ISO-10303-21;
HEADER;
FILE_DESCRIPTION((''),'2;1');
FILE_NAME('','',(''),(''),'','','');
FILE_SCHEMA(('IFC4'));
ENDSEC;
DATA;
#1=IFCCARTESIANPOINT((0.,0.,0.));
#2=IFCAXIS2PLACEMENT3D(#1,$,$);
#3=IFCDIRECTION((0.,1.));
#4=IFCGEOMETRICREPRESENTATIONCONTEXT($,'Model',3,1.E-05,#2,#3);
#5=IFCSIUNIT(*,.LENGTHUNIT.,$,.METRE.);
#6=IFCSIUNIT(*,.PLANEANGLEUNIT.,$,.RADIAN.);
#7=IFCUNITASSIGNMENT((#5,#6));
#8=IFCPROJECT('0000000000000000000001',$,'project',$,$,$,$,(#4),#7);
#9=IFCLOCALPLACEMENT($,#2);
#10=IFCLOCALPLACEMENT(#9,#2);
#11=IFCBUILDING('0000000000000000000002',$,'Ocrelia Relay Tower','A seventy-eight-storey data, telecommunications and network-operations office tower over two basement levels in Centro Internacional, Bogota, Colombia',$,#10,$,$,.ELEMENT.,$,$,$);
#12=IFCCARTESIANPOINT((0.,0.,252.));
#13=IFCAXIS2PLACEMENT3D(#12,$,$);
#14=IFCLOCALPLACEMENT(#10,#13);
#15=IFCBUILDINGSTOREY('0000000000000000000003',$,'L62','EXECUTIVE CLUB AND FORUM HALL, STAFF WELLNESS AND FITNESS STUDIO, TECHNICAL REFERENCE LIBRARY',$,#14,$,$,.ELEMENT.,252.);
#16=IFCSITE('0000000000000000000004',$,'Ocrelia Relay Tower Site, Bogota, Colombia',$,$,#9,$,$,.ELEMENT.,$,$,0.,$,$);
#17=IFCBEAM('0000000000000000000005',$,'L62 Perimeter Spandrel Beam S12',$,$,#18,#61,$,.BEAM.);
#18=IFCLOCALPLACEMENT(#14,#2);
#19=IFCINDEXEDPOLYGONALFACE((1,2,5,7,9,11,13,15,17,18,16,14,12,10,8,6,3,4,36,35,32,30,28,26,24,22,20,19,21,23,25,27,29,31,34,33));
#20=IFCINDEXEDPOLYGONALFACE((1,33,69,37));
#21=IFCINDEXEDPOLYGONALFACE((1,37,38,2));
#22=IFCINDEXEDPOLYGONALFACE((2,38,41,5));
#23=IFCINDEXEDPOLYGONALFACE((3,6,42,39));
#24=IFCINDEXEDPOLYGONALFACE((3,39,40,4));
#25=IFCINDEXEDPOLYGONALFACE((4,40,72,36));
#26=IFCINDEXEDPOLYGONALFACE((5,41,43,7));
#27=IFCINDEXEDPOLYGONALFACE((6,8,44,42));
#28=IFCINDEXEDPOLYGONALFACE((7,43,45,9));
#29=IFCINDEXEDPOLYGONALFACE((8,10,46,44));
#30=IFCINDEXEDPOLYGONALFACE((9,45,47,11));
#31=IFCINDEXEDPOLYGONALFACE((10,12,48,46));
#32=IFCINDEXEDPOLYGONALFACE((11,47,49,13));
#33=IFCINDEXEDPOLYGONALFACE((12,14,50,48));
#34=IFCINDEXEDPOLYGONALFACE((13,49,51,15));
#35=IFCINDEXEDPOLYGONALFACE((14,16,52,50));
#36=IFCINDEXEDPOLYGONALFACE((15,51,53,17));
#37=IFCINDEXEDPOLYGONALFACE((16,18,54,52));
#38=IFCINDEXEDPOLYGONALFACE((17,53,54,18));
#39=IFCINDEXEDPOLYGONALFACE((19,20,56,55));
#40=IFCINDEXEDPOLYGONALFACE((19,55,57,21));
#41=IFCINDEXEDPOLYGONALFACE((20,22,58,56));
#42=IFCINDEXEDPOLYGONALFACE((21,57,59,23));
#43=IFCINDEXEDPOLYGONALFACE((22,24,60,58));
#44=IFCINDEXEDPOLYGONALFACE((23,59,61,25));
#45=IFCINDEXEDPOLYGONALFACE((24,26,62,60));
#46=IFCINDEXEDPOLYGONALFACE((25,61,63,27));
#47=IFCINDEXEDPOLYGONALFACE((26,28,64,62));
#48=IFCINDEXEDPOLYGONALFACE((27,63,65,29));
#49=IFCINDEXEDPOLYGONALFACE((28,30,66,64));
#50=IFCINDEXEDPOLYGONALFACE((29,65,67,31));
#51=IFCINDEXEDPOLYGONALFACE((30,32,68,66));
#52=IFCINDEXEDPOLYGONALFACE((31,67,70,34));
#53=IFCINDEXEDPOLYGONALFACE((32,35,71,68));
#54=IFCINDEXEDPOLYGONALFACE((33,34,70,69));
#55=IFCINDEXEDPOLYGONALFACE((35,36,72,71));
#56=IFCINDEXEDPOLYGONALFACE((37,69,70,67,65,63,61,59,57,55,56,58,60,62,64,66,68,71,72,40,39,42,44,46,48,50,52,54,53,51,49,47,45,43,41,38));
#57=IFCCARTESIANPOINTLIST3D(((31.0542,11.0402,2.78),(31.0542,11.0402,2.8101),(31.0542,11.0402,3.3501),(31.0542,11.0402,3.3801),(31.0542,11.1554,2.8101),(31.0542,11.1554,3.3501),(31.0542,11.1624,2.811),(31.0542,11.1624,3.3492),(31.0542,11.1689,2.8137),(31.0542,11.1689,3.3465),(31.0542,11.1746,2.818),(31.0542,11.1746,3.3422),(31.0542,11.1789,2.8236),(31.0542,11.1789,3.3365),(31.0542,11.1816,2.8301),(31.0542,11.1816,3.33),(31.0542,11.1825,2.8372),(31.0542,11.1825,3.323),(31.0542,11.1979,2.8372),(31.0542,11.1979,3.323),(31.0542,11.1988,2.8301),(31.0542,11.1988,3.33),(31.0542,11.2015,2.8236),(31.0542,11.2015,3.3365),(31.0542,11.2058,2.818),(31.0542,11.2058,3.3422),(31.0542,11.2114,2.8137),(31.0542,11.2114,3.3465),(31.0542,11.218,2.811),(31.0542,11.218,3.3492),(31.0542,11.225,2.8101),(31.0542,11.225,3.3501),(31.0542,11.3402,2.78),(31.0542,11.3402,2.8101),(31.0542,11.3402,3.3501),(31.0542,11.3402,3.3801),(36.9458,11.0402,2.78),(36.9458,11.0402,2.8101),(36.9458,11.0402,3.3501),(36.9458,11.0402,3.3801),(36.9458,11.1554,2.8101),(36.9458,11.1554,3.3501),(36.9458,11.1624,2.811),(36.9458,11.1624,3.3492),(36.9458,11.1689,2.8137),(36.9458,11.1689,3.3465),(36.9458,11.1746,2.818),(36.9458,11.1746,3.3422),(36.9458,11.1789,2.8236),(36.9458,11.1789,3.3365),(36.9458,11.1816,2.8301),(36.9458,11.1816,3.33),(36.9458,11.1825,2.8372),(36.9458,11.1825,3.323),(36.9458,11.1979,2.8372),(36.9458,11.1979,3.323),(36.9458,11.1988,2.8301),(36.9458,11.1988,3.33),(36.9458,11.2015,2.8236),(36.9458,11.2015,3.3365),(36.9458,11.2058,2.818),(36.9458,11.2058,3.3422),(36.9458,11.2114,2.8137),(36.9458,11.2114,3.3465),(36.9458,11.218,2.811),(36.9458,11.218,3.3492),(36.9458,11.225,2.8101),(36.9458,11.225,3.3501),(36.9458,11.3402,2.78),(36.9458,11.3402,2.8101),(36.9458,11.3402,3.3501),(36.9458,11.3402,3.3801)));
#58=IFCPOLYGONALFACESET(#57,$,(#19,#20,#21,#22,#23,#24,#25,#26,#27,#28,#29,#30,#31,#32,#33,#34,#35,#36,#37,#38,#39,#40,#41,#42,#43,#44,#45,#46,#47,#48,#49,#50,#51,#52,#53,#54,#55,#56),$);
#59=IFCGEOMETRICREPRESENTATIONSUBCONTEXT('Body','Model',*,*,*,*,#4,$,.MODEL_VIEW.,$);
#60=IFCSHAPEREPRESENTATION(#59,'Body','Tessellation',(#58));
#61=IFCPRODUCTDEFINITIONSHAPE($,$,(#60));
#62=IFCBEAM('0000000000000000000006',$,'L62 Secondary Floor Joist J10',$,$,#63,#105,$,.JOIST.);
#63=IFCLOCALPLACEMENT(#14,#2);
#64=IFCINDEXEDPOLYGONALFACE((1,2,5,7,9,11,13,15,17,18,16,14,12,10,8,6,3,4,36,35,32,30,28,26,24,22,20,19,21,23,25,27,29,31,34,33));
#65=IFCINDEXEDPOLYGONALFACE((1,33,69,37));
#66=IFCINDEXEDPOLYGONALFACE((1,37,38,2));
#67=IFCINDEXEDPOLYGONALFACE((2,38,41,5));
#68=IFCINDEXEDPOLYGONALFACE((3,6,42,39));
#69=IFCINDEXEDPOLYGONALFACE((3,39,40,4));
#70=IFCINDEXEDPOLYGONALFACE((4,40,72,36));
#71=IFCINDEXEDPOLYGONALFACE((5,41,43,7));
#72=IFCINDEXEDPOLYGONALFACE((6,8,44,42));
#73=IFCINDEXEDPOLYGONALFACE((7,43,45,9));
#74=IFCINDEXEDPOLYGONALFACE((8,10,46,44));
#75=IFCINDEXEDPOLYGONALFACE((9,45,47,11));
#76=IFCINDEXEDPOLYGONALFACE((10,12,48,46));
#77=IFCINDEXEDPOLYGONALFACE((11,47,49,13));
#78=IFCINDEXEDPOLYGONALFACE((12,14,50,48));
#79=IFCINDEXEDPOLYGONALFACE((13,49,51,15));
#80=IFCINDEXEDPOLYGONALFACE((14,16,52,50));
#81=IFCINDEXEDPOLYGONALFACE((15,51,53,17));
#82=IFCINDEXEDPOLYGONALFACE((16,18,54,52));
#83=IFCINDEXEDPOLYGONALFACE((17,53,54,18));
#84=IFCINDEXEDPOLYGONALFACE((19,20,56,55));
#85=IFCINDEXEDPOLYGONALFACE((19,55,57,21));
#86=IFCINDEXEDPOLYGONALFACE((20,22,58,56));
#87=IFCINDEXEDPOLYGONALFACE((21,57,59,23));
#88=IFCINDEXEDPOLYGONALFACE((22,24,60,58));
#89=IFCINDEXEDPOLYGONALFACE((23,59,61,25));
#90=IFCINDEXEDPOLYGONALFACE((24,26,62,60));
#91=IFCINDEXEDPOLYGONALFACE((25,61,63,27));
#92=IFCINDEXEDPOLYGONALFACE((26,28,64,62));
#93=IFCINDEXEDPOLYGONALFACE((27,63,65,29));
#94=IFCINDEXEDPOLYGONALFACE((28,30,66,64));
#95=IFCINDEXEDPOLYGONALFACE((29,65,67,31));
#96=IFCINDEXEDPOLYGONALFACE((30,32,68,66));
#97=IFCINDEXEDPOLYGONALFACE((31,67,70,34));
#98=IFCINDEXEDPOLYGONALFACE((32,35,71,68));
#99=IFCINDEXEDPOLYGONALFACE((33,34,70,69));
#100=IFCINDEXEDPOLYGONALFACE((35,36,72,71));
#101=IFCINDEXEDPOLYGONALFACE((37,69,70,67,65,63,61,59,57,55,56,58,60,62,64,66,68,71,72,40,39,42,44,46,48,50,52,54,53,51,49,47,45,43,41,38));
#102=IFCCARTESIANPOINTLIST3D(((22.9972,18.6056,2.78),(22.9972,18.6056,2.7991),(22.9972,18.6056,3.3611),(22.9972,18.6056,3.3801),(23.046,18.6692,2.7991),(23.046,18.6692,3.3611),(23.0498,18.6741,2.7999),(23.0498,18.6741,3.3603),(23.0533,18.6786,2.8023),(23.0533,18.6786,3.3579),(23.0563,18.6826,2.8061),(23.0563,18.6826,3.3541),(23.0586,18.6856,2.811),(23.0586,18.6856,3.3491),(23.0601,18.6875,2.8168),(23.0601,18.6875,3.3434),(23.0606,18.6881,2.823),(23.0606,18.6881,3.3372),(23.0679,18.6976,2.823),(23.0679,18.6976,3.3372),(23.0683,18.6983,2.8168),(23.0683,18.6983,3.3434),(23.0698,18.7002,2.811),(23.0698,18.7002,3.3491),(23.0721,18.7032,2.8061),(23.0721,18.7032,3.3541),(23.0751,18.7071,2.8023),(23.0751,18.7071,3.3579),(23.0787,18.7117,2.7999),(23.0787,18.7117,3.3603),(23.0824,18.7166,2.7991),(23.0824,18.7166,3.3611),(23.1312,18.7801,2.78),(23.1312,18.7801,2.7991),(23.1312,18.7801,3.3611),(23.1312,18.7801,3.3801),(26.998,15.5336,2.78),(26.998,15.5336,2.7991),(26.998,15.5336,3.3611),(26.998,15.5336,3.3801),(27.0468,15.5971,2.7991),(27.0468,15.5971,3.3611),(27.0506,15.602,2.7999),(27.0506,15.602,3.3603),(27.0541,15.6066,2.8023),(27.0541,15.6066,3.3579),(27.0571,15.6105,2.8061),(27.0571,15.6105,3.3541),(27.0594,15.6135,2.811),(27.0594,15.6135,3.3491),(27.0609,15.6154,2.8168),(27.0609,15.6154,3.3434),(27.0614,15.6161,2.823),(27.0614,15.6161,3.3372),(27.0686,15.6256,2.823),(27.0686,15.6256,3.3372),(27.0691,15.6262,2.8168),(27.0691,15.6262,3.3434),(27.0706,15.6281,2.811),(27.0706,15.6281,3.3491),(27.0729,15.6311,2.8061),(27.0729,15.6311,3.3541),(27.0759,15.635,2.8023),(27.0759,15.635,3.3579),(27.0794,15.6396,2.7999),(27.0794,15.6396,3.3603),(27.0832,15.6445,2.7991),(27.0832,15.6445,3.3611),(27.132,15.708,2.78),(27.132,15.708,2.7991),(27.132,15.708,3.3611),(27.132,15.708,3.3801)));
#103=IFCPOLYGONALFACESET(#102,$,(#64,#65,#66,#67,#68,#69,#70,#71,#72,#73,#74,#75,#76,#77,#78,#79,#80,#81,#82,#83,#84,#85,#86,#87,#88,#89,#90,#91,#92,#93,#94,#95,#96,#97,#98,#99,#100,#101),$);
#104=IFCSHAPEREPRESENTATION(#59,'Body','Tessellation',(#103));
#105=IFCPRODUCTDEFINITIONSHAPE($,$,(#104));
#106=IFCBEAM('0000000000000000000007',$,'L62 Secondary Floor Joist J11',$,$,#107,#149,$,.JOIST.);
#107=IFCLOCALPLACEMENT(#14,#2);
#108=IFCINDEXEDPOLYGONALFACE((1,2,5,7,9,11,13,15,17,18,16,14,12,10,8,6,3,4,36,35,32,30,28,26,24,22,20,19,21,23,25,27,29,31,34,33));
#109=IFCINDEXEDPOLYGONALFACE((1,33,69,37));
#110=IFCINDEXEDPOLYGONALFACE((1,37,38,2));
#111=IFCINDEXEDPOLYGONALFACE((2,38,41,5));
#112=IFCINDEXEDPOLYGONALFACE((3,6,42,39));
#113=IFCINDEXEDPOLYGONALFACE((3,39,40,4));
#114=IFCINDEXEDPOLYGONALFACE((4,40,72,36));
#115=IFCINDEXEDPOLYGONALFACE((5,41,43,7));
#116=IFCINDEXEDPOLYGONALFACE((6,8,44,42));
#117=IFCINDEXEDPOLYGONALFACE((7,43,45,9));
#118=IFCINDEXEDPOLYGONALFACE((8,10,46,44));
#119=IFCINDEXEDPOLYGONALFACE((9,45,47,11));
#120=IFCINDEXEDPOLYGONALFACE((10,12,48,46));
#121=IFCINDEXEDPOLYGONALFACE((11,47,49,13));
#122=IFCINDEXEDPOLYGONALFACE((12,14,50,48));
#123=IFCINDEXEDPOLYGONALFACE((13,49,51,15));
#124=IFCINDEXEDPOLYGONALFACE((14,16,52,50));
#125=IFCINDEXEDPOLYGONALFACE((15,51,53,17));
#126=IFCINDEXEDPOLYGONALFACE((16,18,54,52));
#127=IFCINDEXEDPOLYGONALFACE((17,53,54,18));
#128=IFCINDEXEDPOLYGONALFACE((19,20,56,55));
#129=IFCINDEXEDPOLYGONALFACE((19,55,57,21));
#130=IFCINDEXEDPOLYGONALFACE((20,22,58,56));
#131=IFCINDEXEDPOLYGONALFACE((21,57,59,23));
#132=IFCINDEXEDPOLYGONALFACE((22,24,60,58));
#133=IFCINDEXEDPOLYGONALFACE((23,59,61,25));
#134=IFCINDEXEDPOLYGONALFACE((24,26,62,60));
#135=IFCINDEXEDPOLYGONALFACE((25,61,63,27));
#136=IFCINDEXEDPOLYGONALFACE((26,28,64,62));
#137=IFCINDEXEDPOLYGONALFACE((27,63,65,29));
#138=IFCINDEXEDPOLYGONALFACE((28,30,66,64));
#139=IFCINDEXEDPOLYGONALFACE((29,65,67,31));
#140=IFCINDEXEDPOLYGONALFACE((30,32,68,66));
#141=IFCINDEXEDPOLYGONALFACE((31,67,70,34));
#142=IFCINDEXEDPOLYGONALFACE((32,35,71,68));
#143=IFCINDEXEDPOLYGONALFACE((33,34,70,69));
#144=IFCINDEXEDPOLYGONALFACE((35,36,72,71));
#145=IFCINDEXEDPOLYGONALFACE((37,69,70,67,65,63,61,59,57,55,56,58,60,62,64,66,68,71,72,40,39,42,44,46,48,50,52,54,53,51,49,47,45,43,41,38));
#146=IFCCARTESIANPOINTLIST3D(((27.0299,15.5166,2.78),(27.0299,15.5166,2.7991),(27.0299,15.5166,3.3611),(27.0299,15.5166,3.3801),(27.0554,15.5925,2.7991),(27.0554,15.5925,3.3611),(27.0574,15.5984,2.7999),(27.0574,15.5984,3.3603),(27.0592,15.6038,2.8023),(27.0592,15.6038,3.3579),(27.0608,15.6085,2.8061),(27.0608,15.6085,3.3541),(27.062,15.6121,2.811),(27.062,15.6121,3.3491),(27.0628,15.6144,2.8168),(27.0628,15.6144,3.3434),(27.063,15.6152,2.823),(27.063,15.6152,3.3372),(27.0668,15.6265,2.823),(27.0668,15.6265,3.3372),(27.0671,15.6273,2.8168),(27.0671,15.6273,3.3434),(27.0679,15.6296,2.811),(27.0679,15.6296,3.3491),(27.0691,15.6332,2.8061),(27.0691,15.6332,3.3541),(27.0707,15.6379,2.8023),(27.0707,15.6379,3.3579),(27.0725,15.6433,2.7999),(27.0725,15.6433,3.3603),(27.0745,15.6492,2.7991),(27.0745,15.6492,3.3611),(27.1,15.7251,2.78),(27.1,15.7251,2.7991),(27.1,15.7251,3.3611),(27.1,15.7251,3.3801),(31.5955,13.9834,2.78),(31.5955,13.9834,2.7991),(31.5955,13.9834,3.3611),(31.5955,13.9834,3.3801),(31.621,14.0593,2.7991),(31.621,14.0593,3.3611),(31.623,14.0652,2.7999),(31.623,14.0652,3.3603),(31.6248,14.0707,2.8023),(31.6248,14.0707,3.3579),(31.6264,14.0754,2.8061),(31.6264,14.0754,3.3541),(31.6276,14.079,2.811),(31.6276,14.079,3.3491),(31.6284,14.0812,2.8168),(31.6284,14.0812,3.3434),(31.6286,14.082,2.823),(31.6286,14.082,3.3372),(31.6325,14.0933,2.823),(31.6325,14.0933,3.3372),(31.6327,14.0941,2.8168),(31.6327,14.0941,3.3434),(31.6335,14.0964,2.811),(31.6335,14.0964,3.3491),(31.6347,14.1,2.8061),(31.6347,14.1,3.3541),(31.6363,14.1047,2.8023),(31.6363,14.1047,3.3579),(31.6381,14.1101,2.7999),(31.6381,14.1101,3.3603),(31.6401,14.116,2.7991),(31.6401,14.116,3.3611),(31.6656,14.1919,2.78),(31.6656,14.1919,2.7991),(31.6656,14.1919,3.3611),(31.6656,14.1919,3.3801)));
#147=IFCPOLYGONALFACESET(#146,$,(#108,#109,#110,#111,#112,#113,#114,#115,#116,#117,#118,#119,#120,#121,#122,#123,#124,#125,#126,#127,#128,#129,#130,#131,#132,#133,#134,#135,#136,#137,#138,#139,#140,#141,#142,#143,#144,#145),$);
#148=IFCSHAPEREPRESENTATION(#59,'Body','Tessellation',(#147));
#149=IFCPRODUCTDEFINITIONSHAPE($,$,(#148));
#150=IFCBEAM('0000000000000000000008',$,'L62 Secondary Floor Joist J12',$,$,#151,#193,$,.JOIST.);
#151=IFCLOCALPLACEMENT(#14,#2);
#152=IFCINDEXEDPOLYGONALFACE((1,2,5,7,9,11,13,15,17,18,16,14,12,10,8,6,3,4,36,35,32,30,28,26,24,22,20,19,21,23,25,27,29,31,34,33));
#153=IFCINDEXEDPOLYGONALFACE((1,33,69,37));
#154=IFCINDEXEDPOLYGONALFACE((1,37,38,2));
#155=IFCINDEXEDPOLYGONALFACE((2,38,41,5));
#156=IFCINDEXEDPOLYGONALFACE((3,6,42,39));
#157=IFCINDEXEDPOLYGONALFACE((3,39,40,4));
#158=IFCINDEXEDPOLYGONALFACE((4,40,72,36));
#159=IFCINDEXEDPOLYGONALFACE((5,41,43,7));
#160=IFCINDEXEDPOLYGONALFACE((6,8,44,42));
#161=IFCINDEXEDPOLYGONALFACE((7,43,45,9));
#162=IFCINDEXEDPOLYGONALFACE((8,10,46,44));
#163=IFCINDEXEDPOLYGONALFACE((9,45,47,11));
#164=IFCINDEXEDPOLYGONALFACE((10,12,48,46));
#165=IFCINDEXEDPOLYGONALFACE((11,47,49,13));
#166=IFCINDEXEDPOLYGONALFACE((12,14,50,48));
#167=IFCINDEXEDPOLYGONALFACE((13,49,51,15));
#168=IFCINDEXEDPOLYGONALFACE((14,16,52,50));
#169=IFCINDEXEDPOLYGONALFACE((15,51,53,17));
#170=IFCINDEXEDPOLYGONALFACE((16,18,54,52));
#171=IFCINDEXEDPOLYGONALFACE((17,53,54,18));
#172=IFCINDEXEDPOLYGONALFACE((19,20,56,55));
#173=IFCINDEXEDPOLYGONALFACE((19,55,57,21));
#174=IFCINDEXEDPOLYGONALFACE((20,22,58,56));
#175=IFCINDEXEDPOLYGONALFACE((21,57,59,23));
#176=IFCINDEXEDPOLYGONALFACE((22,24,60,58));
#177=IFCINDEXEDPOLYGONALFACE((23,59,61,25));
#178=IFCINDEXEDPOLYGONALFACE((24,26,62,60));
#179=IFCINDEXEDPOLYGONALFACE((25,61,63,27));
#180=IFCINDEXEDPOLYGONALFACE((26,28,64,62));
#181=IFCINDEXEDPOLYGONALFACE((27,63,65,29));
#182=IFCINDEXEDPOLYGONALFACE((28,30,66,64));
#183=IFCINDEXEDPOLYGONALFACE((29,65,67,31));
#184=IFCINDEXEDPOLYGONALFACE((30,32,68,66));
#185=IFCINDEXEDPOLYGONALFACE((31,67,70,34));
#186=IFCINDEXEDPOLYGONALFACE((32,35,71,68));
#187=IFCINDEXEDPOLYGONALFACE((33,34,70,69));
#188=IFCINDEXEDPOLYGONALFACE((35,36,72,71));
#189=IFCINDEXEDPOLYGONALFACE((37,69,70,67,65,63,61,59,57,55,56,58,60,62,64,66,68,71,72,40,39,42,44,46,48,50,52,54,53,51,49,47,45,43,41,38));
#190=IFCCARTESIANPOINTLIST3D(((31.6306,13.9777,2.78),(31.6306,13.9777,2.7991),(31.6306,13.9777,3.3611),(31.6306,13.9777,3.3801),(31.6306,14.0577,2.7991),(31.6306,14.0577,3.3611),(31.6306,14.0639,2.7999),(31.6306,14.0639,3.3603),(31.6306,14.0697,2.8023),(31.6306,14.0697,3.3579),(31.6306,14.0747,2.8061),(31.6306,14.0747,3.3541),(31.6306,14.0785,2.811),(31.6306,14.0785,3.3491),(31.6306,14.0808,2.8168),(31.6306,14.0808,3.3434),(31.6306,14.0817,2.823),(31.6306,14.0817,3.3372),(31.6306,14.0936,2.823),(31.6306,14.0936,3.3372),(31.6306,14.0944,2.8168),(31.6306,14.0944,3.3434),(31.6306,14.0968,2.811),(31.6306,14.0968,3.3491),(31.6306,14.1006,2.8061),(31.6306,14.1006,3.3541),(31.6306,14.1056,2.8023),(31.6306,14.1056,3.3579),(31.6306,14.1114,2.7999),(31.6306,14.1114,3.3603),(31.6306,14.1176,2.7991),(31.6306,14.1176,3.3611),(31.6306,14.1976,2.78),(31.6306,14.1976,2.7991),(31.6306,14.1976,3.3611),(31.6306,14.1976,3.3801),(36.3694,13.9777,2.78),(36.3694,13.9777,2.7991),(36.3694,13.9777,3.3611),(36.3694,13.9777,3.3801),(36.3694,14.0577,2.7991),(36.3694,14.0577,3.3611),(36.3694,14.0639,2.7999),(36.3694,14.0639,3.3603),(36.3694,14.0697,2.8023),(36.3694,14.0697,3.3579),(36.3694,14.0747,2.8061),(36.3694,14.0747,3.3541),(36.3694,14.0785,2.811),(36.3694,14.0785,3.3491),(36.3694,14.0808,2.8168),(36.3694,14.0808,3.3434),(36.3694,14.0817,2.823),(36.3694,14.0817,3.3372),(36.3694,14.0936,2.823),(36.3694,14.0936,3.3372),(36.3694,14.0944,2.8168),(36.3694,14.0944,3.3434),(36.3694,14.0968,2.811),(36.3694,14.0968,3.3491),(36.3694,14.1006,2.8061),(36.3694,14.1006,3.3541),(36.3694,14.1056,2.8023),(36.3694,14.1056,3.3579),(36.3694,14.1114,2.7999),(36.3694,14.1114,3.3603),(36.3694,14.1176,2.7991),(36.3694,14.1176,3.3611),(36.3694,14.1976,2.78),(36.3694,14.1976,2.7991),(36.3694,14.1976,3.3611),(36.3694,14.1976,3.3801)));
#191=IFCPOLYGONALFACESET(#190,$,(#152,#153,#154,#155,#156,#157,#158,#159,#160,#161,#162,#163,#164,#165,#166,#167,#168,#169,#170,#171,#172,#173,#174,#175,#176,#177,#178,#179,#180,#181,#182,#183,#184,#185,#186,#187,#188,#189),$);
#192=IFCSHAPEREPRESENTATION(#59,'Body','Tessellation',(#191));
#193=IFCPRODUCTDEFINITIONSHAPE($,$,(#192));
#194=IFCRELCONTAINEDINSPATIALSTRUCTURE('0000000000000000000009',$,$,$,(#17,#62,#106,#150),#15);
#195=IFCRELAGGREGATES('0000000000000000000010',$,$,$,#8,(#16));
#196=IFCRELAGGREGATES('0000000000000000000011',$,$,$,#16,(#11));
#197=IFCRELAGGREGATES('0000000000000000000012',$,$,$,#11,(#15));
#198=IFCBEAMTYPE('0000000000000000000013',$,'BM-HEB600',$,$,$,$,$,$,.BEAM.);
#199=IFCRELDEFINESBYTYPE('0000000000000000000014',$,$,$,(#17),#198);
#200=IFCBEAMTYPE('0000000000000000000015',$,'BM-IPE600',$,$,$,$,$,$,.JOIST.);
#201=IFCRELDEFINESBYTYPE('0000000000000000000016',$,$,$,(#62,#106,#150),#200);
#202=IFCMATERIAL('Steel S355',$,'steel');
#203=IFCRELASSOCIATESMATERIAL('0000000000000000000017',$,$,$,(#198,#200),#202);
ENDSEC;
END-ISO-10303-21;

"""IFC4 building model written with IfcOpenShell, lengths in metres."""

from ifc_helpers import new_model, si_unit, direction, frame, origin, origin_2d, place, context, subcontext, project, spatial, i_section, extrude, material, material_profile, profile_set, type_object, element, save


model = new_model("IFC4")

# Units and contexts
model_context = context("Model", 3, precision=1e-05, world=origin(), true_north=direction((0.0, 1.0)))
body_context = subcontext(model_context, "Body", "Model", "MODEL_VIEW")
ifc_project = project(units=[si_unit("LENGTHUNIT", "METRE"), si_unit("PLANEANGLEUNIT", "RADIAN")], contexts=[model_context])

# Site, building, storey
site_placement = place(None, origin())
site = spatial("IfcSite", under=ifc_project, at=site_placement, Name="Ocrelia Relay Tower Site, Bogota, Colombia", CompositionType="ELEMENT", RefElevation=0.0)
building_placement = place(site_placement, origin())
building = spatial("IfcBuilding", under=site, at=building_placement, Name="Ocrelia Relay Tower", Description="A seventy-eight-storey data, telecommunications and network-operations office tower over two basement levels in Centro Internacional, Bogota, Colombia", CompositionType="ELEMENT")
storey_placement = place(building_placement, frame((0.0, 0.0, 252.0)))
storey = spatial("IfcBuildingStorey", under=building, at=storey_placement, Name="L62", Description="EXECUTIVE CLUB AND FORUM HALL, STAFF WELLNESS AND FITNESS STUDIO, TECHNICAL REFERENCE LIBRARY", CompositionType="ELEMENT", Elevation=252.0)

# Beams
ifc_material_1 = material(Name="Steel S355", Category="steel")
ifc_material_profile_1 = material_profile(ifc_material_1, i_section(OverallWidth=0.3, OverallDepth=0.6001, WebThickness=0.0154, FlangeThickness=0.03, FilletRadius=0.0271, at=origin_2d()), Name="HEB 600")
ifc_profile_set_1 = profile_set([ifc_material_profile_1], Name="Steel S355")
beam_type_1 = type_object("IfcBeamType", Name="BM-HEB600", PredefinedType="BEAM", material=ifc_profile_set_1)
beam_1_placement = place(storey_placement, frame((31.0542, 11.1902, 3.0801), z_axis=(1.0, 0.0, 0.0), x_axis=(0.0, 1.0, 0.0)))
element("IfcBeam", 1, at=beam_1_placement, inside=storey, type_object=beam_type_1, Name="L62 Perimeter Spandrel Beam S12", PredefinedType="BEAM", context=body_context, shape_type="SweptSolid", body=[
    extrude(i_section(OverallWidth=0.3, OverallDepth=0.6001, WebThickness=0.0154, FlangeThickness=0.03, FilletRadius=0.0271, at=origin_2d()), origin(), (0.0, 0.0, 1.0), 5.8916),
])
ifc_material_profile_2 = material_profile(ifc_material_1, i_section(OverallWidth=0.22, OverallDepth=0.6001, WebThickness=0.012, FlangeThickness=0.019, FilletRadius=0.0239, at=origin_2d()), Name="IPE 600")
ifc_profile_set_2 = profile_set([ifc_material_profile_2], Name="Steel S355")
beam_type_2 = type_object("IfcBeamType", Name="BM-IPE600", PredefinedType="JOIST", material=ifc_profile_set_2)
beam_2_placement = place(storey_placement, frame((23.0642, 18.6929, 3.0801), z_axis=(0.793147, -0.60903, 0.0), x_axis=(0.60903, 0.793147, 0.0)))
element("IfcBeam", 2, at=beam_2_placement, inside=storey, type_object=beam_type_2, Name="L62 Secondary Floor Joist J10", PredefinedType="JOIST", context=body_context, shape_type="SweptSolid", body=[
    extrude(i_section(OverallWidth=0.22, OverallDepth=0.6001, WebThickness=0.012, FlangeThickness=0.019, FilletRadius=0.0239, at=origin_2d()), origin(), (0.0, 0.0, 1.0), 5.0442),
])
beam_3_placement = place(storey_placement, frame((27.0649, 15.6208, 3.0801), z_axis=(0.947976, -0.318341, 0.0), x_axis=(0.318341, 0.947976, 0.0)))
element("IfcBeam", 3, at=beam_3_placement, inside=storey, type_object=beam_type_2, Name="L62 Secondary Floor Joist J11", PredefinedType="JOIST", context=body_context, shape_type="SweptSolid", body=[
    extrude(i_section(OverallWidth=0.22, OverallDepth=0.6001, WebThickness=0.012, FlangeThickness=0.019, FilletRadius=0.0239, at=origin_2d()), origin(), (0.0, 0.0, 1.0), 4.8162),
])
beam_4_placement = place(storey_placement, frame((31.6306, 14.0876, 3.0801), z_axis=(1.0, 0.0, 0.0), x_axis=(0.0, 1.0, 0.0)))
element("IfcBeam", 4, at=beam_4_placement, inside=storey, type_object=beam_type_2, Name="L62 Secondary Floor Joist J12", PredefinedType="JOIST", context=body_context, shape_type="SweptSolid", body=[
    extrude(i_section(OverallWidth=0.22, OverallDepth=0.6001, WebThickness=0.012, FlangeThickness=0.019, FilletRadius=0.0239, at=origin_2d()), origin(), (0.0, 0.0, 1.0), 4.7388),
])

save(model, "model.ifc")
